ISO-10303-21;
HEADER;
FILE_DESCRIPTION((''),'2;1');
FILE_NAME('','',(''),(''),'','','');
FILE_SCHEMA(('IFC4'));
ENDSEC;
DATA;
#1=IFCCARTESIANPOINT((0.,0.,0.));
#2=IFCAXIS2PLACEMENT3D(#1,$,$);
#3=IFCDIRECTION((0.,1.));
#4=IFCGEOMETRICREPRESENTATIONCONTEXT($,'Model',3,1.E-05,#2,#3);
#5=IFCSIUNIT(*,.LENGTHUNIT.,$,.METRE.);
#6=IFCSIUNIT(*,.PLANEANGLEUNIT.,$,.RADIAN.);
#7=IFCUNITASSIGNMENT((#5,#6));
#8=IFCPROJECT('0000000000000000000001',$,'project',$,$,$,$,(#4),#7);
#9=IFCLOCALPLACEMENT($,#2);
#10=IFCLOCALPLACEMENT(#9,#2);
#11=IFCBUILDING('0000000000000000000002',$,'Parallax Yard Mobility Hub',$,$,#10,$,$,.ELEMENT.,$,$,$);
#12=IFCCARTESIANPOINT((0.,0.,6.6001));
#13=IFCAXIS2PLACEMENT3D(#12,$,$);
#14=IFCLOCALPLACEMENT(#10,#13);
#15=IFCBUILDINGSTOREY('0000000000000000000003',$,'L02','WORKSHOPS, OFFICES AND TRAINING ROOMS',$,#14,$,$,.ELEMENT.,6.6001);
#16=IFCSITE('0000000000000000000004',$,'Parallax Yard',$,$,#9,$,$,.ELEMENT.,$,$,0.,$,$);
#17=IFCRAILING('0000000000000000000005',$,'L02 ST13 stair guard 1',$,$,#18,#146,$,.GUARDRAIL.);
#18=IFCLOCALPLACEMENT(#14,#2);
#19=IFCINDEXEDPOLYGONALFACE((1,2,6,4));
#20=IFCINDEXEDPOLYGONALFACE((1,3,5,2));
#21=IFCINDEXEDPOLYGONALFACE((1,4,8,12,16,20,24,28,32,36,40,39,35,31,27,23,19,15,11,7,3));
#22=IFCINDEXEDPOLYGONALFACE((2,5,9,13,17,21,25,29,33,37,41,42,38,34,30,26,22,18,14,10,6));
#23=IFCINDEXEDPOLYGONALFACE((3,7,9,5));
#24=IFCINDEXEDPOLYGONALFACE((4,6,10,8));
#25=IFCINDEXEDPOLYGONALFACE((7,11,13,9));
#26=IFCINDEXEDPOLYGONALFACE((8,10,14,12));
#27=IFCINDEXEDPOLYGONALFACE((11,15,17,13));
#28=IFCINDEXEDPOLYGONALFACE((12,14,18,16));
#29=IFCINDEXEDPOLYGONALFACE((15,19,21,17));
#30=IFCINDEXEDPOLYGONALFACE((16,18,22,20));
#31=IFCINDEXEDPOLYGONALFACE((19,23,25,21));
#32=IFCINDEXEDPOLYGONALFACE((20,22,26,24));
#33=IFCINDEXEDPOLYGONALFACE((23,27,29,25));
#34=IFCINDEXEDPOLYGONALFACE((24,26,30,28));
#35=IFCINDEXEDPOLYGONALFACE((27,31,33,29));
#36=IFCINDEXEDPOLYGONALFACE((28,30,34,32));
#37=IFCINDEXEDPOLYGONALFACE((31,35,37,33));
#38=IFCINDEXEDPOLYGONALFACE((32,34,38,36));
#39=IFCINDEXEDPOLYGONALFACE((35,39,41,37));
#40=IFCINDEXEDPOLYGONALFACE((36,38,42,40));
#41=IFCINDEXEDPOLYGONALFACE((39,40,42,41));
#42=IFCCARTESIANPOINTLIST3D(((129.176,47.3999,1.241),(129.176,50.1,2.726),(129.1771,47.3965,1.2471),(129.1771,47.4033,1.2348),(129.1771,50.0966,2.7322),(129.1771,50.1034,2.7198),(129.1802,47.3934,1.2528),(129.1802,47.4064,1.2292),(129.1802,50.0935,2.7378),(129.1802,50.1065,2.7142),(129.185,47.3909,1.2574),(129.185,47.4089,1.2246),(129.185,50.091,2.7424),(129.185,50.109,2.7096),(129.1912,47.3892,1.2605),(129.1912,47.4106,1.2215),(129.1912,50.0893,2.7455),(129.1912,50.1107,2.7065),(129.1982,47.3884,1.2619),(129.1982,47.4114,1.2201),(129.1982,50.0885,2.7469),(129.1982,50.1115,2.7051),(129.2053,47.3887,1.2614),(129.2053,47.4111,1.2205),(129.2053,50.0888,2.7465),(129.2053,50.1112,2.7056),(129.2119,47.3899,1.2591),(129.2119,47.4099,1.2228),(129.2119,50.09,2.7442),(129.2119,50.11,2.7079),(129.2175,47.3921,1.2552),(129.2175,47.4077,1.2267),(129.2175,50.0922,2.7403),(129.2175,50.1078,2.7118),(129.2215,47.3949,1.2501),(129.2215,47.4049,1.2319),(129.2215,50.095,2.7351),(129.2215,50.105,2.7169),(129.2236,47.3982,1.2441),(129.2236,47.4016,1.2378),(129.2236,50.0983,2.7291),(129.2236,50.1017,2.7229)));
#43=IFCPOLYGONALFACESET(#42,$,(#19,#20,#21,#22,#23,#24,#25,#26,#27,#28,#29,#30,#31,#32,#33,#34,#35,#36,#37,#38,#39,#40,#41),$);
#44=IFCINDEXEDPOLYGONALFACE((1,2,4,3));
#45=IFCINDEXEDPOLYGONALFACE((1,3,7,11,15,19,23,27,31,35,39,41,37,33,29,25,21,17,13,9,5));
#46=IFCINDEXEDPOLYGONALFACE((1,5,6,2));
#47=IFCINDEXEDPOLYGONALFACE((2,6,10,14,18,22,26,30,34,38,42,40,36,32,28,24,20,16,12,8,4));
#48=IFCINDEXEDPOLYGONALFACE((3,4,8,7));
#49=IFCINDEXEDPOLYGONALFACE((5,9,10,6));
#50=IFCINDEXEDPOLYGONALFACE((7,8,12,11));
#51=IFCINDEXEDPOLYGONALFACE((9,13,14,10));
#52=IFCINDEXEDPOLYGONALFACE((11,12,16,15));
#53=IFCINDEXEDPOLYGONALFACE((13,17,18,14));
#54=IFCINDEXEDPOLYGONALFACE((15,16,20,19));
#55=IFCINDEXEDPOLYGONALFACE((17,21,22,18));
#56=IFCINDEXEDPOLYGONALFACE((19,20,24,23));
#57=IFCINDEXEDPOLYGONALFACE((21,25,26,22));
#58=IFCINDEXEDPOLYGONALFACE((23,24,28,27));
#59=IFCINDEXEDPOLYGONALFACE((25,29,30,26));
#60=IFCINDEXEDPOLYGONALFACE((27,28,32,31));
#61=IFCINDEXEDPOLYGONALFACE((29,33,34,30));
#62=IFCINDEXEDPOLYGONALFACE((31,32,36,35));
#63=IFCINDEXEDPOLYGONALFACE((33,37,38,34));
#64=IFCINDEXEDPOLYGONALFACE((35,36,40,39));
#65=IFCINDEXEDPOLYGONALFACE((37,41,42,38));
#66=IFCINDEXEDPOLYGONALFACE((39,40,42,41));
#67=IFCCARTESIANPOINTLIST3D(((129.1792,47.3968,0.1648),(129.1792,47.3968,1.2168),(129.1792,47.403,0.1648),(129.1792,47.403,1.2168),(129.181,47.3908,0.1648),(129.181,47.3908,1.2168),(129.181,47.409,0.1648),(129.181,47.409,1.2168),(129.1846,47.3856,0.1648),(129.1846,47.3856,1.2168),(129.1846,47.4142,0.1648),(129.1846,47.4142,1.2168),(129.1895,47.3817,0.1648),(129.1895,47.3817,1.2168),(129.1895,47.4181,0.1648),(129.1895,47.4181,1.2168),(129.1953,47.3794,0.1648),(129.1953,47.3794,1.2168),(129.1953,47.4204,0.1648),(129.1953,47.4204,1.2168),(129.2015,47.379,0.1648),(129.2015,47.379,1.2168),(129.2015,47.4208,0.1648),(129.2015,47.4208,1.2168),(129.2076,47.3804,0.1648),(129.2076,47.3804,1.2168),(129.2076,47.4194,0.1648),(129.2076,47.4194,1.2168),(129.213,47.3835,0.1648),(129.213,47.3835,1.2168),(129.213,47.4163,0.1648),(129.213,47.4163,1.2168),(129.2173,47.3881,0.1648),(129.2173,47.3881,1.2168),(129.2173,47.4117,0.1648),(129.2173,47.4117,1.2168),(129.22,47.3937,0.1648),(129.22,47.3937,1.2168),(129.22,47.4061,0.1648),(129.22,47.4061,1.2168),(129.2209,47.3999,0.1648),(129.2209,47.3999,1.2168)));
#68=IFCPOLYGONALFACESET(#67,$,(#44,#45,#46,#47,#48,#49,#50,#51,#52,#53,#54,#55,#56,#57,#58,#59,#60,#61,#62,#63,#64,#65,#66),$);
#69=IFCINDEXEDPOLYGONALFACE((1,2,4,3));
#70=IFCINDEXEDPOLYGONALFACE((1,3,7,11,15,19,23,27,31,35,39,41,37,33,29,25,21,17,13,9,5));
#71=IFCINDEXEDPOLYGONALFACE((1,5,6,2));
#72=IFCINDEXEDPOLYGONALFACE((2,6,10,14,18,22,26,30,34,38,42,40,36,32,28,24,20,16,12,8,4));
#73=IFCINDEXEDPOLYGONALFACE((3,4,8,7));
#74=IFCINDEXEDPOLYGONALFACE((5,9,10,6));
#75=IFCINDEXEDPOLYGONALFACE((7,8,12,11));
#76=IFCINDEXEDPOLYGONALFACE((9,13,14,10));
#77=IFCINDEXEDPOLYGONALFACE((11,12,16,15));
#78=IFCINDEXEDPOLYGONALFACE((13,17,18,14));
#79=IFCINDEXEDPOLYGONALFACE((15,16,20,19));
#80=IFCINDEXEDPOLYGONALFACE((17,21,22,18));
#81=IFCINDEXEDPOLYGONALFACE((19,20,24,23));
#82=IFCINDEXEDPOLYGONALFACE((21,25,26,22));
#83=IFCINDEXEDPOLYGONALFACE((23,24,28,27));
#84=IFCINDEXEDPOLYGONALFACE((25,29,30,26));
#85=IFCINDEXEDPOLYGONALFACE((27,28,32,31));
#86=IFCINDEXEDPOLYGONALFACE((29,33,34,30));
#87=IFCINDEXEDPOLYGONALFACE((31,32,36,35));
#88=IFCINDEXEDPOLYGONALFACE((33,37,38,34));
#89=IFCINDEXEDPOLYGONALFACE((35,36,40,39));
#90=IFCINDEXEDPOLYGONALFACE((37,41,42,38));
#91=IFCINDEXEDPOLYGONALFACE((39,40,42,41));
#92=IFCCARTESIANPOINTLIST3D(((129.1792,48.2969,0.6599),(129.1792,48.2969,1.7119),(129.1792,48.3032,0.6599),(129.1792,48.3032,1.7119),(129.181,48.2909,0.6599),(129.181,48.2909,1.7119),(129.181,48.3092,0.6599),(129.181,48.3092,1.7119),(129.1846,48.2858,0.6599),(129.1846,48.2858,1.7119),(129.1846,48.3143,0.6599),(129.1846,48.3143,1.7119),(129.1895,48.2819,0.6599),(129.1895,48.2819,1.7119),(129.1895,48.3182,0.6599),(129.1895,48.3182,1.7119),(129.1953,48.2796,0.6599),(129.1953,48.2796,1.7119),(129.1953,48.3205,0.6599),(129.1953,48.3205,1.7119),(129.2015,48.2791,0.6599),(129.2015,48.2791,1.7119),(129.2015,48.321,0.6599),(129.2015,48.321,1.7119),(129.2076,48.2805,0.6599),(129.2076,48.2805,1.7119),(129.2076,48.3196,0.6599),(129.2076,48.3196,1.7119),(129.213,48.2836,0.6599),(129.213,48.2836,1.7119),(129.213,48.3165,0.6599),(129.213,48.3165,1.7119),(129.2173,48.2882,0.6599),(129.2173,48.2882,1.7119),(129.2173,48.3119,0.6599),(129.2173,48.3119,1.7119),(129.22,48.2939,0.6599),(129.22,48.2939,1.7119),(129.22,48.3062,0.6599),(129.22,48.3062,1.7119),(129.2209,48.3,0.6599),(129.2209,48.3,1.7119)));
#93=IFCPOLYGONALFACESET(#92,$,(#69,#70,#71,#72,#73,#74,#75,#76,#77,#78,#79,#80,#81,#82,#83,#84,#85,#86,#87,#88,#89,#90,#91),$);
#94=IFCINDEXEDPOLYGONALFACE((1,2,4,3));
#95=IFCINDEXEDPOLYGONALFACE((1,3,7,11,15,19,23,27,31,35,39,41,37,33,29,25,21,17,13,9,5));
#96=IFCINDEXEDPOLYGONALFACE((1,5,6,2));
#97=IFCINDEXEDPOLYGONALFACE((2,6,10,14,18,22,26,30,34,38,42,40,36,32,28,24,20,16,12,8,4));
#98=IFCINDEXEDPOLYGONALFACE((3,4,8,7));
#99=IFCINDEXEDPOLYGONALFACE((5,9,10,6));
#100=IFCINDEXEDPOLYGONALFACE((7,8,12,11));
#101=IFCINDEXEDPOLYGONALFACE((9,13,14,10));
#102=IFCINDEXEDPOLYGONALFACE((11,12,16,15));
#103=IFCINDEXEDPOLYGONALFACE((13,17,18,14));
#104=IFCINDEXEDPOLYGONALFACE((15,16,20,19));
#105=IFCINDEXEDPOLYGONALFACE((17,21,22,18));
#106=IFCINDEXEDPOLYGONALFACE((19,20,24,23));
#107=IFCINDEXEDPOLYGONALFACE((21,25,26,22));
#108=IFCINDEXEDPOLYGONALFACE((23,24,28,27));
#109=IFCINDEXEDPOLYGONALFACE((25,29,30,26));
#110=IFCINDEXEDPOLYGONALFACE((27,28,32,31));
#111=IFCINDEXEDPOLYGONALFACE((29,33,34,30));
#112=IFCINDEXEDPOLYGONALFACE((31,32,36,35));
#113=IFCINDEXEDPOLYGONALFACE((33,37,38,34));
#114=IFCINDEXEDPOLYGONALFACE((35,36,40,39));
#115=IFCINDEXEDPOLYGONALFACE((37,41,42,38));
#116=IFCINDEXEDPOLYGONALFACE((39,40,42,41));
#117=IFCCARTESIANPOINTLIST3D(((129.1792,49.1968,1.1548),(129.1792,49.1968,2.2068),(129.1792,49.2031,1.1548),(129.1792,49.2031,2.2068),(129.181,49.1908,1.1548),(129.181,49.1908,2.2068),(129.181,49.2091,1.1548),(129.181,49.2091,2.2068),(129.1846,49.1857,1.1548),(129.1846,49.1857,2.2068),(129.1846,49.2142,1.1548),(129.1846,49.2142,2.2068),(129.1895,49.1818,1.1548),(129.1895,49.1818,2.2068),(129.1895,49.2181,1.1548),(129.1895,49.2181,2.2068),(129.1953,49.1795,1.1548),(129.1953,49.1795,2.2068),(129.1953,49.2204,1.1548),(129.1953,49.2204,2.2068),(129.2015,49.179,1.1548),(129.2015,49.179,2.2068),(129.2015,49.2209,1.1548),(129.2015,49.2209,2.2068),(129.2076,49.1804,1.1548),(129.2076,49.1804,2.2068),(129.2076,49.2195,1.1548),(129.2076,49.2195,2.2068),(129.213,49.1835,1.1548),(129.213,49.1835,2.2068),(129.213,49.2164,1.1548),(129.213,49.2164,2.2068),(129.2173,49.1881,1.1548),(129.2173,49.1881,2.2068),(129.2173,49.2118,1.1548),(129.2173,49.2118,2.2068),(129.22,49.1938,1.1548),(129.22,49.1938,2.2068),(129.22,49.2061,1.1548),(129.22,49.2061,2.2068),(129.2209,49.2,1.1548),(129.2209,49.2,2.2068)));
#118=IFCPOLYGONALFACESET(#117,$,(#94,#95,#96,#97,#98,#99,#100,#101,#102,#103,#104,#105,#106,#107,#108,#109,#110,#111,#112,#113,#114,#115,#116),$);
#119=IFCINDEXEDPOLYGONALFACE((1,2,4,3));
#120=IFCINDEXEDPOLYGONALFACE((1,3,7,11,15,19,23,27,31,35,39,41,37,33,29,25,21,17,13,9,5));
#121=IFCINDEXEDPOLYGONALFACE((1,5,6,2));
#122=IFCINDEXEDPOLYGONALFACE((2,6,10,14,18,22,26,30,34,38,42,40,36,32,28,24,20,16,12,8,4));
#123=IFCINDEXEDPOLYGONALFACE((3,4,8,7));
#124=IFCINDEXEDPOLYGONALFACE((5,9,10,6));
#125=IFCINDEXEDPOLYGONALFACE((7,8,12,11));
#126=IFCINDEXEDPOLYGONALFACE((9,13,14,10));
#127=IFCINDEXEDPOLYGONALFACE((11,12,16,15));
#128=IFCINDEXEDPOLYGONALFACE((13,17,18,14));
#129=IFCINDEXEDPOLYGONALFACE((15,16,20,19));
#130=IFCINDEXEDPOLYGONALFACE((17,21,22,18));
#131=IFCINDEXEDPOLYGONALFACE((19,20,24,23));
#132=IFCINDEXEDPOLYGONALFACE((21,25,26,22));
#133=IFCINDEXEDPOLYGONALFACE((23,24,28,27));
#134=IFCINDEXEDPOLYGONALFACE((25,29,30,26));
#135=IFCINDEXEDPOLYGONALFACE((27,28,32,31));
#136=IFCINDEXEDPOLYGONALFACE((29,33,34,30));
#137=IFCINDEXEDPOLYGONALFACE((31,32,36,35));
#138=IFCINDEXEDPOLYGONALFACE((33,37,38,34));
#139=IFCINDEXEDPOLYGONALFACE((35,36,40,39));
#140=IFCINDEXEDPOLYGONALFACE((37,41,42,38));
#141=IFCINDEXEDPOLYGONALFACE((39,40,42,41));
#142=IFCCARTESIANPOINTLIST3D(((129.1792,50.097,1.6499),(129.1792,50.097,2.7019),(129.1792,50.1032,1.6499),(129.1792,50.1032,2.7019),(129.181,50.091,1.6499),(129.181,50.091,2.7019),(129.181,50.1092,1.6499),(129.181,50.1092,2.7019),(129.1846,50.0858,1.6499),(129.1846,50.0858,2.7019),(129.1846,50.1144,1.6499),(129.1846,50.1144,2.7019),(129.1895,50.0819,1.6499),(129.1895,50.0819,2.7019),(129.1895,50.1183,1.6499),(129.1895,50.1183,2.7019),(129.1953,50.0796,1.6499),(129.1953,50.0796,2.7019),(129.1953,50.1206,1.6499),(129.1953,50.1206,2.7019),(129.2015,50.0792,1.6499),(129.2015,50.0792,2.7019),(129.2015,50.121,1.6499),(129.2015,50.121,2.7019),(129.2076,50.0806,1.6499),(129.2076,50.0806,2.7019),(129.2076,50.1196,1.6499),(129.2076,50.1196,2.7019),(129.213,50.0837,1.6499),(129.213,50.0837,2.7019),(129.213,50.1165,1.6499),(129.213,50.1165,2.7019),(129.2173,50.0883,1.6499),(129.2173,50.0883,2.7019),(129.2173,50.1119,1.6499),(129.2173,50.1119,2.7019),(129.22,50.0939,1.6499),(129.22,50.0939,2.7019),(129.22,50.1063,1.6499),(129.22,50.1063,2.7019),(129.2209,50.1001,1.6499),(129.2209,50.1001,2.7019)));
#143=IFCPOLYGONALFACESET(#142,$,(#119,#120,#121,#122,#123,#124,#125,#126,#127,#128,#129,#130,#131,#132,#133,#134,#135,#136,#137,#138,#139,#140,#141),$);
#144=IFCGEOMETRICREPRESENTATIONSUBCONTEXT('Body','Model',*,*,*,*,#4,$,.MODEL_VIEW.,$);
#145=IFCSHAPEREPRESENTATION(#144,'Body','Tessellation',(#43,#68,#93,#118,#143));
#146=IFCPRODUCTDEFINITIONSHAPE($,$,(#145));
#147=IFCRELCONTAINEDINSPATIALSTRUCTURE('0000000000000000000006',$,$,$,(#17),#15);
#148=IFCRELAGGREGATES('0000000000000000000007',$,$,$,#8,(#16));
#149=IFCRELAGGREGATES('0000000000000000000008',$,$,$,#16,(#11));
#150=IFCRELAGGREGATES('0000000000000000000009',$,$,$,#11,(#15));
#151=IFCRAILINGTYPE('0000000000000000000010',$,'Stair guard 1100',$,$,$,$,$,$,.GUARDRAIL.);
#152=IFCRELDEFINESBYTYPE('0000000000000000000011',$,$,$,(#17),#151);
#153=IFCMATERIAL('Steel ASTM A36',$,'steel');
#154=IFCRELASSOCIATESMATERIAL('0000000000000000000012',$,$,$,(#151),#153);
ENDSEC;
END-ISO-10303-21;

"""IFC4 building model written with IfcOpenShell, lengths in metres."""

from ifc_helpers import new_model, si_unit, direction, frame, origin, origin_2d, place, context, subcontext, project, spatial, circle, extrude, material, type_object, element, save


model = new_model("IFC4")

# Units and contexts
model_context = context("Model", 3, precision=1e-05, world=origin(), true_north=direction((0.0, 1.0)))
body_context = subcontext(model_context, "Body", "Model", "MODEL_VIEW")
ifc_project = project(units=[si_unit("LENGTHUNIT", "METRE"), si_unit("PLANEANGLEUNIT", "RADIAN")], contexts=[model_context])

# Site, building, storey
site_placement = place(None, origin())
site = spatial("IfcSite", under=ifc_project, at=site_placement, Name="Parallax Yard", CompositionType="ELEMENT", RefElevation=0.0)
building_placement = place(site_placement, origin())
building = spatial("IfcBuilding", under=site, at=building_placement, Name="Parallax Yard Mobility Hub", CompositionType="ELEMENT")
storey_placement = place(building_placement, frame((0.0, 0.0, 6.6001)))
storey = spatial("IfcBuildingStorey", under=building, at=storey_placement, Name="L02", Description="WORKSHOPS, OFFICES AND TRAINING ROOMS", CompositionType="ELEMENT", Elevation=6.6001)

# Railing
ifc_material_1 = material(Name="Steel ASTM A36", Category="steel")
railing_type_1 = type_object("IfcRailingType", Name="Stair guard 1100", PredefinedType="GUARDRAIL", material=ifc_material_1)
railing_1_placement = place(storey_placement, frame((129.2, 47.3999, 0.1648)))
element("IfcRailing", 1, at=railing_1_placement, inside=storey, type_object=railing_type_1, Name="L02 ST13 stair guard 1", PredefinedType="GUARDRAIL", context=body_context, shape_type="SweptSolid", body=[
    extrude(circle(Radius=0.0239, at=origin_2d()), frame((0.0, 0.0, 1.0762), z_axis=(0.0, 0.876216, 0.481919), x_axis=(-1.0, 0.0, 0.0)), (0.0, 0.0, 1.0), 3.0815),
    extrude(circle(Radius=0.021, at=origin_2d()), origin(), (0.0, 0.0, 1.0), 1.052),
    extrude(circle(Radius=0.021, at=origin_2d()), frame((0.0, 0.9001, 0.4951)), (0.0, 0.0, 1.0), 1.052),
    extrude(circle(Radius=0.021, at=origin_2d()), frame((0.0, 1.8, 0.99)), (0.0, 0.0, 1.0), 1.052),
    extrude(circle(Radius=0.021, at=origin_2d()), frame((0.0, 2.7002, 1.4851)), (0.0, 0.0, 1.0), 1.052),
])

save(model, "model.ifc")
